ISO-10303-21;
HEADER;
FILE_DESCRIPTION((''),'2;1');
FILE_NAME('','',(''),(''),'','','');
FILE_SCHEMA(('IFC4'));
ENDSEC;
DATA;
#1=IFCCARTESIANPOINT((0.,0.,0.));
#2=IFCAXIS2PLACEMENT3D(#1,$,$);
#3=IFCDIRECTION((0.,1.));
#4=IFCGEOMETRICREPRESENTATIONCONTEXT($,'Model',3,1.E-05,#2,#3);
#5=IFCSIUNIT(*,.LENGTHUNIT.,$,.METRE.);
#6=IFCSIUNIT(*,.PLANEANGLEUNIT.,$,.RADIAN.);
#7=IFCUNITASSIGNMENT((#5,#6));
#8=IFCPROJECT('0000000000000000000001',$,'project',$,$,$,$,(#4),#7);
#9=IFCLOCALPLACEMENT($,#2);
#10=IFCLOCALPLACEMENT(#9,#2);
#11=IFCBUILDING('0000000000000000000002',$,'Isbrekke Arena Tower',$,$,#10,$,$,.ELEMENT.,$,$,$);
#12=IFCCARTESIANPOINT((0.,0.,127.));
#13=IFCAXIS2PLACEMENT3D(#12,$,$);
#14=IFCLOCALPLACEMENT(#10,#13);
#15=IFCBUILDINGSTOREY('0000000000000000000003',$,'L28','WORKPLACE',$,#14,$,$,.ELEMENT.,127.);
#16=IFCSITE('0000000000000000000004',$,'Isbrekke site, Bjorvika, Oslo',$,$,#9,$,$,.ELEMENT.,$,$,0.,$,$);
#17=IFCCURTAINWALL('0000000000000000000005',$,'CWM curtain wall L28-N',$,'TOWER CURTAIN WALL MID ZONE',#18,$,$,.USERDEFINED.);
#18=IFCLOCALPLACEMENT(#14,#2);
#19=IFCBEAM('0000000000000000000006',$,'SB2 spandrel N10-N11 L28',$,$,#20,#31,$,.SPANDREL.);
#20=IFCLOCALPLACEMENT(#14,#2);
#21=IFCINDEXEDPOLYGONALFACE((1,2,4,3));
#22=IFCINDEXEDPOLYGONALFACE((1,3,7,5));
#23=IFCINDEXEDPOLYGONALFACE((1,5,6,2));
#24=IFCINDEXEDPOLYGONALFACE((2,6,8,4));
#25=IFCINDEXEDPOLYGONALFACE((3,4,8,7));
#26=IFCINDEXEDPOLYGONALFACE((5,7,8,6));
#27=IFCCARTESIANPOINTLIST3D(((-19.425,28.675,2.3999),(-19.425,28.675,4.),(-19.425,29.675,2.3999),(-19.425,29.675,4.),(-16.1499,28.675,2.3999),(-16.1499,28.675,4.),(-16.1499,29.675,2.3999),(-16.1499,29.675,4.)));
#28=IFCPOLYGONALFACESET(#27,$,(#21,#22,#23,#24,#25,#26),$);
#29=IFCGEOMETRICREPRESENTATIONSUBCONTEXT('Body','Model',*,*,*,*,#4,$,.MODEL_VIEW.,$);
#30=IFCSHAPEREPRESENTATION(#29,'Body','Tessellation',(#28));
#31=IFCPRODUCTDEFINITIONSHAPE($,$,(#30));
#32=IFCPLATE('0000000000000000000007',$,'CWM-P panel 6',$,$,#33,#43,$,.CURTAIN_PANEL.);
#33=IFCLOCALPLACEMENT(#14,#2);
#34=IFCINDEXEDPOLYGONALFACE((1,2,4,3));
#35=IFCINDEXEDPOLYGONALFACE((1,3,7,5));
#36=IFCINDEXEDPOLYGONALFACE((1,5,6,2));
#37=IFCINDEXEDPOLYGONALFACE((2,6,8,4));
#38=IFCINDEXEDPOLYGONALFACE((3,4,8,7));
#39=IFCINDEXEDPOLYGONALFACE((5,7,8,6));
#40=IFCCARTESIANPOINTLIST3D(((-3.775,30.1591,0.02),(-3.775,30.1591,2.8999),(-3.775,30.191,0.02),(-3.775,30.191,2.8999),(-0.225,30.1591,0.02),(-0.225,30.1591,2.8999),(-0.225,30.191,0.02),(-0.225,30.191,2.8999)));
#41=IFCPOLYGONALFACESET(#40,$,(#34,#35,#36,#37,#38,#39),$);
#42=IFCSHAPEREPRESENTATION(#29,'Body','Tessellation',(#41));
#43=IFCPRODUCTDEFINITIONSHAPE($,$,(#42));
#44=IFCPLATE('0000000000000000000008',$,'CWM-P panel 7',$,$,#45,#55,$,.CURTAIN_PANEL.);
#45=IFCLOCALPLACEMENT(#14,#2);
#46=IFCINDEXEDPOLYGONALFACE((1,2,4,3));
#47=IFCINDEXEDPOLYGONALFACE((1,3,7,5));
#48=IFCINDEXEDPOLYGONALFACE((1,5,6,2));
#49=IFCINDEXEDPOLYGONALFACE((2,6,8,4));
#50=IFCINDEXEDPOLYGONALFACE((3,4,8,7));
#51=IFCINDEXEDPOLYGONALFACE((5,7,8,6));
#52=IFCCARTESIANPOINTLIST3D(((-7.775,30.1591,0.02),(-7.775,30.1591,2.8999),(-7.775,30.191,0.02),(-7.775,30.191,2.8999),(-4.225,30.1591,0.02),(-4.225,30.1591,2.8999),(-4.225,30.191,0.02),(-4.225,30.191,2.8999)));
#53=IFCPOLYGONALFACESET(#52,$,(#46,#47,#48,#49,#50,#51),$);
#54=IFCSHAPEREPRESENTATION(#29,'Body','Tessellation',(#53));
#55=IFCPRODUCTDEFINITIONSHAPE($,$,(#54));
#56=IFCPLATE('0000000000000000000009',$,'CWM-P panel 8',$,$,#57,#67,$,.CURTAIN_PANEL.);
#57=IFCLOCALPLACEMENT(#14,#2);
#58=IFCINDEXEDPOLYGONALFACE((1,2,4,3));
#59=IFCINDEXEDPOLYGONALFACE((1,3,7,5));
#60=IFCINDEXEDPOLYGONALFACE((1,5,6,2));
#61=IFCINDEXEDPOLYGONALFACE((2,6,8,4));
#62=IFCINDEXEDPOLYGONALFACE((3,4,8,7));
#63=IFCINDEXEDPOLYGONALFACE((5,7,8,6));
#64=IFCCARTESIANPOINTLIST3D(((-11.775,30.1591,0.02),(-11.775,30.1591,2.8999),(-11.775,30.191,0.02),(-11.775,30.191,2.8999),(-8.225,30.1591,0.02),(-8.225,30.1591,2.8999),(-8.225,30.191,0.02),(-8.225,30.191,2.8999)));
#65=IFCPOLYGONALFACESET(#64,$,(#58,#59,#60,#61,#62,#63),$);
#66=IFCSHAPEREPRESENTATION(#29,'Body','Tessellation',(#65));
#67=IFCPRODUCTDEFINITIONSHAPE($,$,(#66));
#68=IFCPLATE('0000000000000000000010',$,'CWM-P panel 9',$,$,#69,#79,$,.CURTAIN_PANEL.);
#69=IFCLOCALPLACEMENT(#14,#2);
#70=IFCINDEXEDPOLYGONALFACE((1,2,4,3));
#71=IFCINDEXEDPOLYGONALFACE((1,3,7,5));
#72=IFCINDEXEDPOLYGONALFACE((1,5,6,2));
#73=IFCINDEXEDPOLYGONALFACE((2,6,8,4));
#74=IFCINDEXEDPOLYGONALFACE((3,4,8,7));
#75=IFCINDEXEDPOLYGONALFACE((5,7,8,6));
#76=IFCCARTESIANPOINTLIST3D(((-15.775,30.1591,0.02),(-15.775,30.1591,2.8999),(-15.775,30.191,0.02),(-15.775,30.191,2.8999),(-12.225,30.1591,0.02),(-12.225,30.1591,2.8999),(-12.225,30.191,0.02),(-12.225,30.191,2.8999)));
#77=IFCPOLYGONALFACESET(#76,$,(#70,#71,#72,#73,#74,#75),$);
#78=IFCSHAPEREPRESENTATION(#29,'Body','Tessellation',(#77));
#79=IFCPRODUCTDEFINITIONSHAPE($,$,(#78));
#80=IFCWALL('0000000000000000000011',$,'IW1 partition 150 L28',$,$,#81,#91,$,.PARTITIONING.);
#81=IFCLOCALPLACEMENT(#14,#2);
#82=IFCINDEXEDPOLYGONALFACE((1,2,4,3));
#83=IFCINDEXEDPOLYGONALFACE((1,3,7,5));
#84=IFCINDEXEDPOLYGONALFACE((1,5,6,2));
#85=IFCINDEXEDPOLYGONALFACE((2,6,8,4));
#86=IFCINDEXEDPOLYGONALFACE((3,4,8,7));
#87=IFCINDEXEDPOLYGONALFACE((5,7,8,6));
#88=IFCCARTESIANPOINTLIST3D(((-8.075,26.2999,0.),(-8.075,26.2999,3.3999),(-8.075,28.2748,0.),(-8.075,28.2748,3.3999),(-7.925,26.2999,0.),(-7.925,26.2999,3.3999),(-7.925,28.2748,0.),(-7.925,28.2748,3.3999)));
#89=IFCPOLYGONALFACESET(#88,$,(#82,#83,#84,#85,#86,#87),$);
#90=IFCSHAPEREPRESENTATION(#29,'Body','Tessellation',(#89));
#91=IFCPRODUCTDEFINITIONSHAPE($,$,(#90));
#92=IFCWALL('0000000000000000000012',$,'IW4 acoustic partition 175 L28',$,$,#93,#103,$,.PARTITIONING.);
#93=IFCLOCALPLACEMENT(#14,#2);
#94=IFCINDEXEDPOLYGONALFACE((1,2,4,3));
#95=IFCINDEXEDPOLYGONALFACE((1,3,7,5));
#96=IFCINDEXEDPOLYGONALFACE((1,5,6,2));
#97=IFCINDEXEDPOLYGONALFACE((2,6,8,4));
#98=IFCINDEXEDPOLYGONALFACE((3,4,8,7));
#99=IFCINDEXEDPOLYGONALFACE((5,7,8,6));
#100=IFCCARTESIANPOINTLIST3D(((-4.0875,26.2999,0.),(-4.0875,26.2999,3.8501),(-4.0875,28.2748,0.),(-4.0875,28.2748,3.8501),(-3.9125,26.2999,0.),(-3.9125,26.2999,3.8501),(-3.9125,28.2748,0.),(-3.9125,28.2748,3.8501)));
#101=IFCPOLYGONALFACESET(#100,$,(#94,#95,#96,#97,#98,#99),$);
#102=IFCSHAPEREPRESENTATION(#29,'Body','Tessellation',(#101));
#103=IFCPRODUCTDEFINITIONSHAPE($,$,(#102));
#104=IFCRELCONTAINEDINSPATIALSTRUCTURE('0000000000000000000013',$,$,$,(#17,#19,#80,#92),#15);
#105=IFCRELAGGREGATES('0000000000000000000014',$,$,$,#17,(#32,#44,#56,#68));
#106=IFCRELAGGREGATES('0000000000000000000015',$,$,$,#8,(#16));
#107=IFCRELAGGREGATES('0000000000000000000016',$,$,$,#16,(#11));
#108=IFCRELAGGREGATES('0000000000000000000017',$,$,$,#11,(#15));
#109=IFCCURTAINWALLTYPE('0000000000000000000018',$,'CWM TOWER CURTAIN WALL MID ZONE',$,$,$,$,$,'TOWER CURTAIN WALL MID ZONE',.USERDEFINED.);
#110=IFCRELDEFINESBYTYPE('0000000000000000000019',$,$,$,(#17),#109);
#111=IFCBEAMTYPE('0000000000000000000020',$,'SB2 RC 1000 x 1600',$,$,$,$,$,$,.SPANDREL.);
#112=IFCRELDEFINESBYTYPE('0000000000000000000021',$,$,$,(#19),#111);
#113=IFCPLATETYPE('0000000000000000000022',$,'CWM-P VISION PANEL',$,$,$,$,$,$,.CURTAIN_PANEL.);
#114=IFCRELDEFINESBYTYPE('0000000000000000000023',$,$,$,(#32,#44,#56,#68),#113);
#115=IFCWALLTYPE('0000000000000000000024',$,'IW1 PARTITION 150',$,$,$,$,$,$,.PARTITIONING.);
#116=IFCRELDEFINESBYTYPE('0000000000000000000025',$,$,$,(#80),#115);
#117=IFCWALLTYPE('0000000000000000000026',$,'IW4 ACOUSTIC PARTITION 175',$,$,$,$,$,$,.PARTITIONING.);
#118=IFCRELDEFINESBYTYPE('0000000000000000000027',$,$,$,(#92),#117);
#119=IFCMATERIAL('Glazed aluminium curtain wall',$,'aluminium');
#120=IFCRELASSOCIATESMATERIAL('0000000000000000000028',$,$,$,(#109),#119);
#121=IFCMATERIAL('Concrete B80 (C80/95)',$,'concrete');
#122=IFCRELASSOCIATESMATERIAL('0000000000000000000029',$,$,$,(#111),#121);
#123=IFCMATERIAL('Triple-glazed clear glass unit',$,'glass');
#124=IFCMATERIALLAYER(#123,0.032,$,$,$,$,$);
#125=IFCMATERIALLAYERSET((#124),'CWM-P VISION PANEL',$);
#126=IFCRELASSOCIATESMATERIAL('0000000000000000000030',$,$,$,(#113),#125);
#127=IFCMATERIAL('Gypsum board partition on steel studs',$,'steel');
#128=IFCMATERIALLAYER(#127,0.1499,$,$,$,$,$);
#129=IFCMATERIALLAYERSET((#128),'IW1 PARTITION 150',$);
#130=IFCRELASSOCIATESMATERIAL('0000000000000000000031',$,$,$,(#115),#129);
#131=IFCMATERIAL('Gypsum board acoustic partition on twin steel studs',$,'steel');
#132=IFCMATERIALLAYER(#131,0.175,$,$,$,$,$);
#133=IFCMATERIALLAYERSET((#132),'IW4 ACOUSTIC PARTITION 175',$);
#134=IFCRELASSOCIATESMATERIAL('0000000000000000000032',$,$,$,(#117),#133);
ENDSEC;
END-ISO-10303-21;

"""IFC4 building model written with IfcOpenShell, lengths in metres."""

from ifc_helpers import new_model, si_unit, direction, frame, frame_2d, origin, origin_2d, place, context, subcontext, project, spatial, rectangle, extrude, material, layer, layer_set, material_profile, profile_set, type_object, element, aggregate, save


model = new_model("IFC4")

# Units and contexts
model_context = context("Model", 3, precision=1e-05, world=origin(), true_north=direction((0.0, 1.0)))
body_context = subcontext(model_context, "Body", "Model", "MODEL_VIEW")
ifc_project = project(units=[si_unit("LENGTHUNIT", "METRE"), si_unit("PLANEANGLEUNIT", "RADIAN")], contexts=[model_context])

# Site, building, storey
site_placement = place(None, origin())
site = spatial("IfcSite", under=ifc_project, at=site_placement, Name="Isbrekke site, Bjorvika, Oslo", CompositionType="ELEMENT", RefElevation=0.0)
building_placement = place(site_placement, origin())
building = spatial("IfcBuilding", under=site, at=building_placement, Name="Isbrekke Arena Tower", CompositionType="ELEMENT")
storey_placement = place(building_placement, frame((0.0, 0.0, 127.0)))
storey = spatial("IfcBuildingStorey", under=building, at=storey_placement, Name="L28", Description="WORKPLACE", CompositionType="ELEMENT", Elevation=127.0)

# Curtain wall
ifc_material_1 = material(Name="Glazed aluminium curtain wall", Category="aluminium")
curtain_wall_type = type_object("IfcCurtainWallType", Name="CWM TOWER CURTAIN WALL MID ZONE", ElementType="TOWER CURTAIN WALL MID ZONE", PredefinedType="USERDEFINED", material=ifc_material_1)
curtain_wall_placement = place(storey_placement, origin())
curtain_wall = element("IfcCurtainWall", 1, at=curtain_wall_placement, inside=storey, type_object=curtain_wall_type, Name="CWM curtain wall L28-N", ObjectType="TOWER CURTAIN WALL MID ZONE", PredefinedType="USERDEFINED")

# Beam
ifc_material_2 = material(Name="Concrete B80 (C80/95)", Category="concrete")
ifc_material_profile_1 = material_profile(ifc_material_2, rectangle(XDim=1.0, YDim=1.6001, at=origin_2d()), Name="RC 1000x1600")
ifc_profile_set_1 = profile_set([ifc_material_profile_1], Name="Concrete B80 (C80/95)")
beam_type_1 = type_object("IfcBeamType", Name="SB2 RC 1000 x 1600", PredefinedType="SPANDREL", material=ifc_profile_set_1)
beam_1_placement = place(storey_placement, frame((-16.1499, 29.175, 3.2), z_axis=(-1.0, 0.0, 0.0), x_axis=(0.0, -1.0, 0.0)))
element("IfcBeam", 2, at=beam_1_placement, inside=storey, type_object=beam_type_1, Name="SB2 spandrel N10-N11 L28", PredefinedType="SPANDREL", context=body_context, shape_type="SweptSolid", body=[
    extrude(rectangle(XDim=1.0, YDim=1.6001, at=origin_2d()), origin(), (0.0, 0.0, 1.0), 3.2751),
])

# Plates
ifc_material_3 = material(Name="Triple-glazed clear glass unit", Category="glass")
ifc_layer_1 = layer(ifc_material_3, 0.032)
ifc_layer_set_1 = layer_set([ifc_layer_1], Name="CWM-P VISION PANEL")
plate_type = type_object("IfcPlateType", Name="CWM-P VISION PANEL", PredefinedType="CURTAIN_PANEL", material=ifc_layer_set_1)
plate_1_placement = place(storey_placement, frame((-2.0, 30.175, 0.02), z_axis=(0.0, 0.0, 1.0), x_axis=(-1.0, 0.0, 0.0)))
plate_1 = element("IfcPlate", 3, at=plate_1_placement, type_object=plate_type, Name="CWM-P panel 6", PredefinedType="CURTAIN_PANEL", context=body_context, shape_type="SweptSolid", body=[
    extrude(rectangle(XDim=3.55, YDim=0.032, at=origin_2d()), origin(), (0.0, 0.0, 1.0), 2.8799),
])
plate_2_placement = place(storey_placement, frame((-6.0, 30.175, 0.02), z_axis=(0.0, 0.0, 1.0), x_axis=(-1.0, 0.0, 0.0)))
plate_2 = element("IfcPlate", 4, at=plate_2_placement, type_object=plate_type, Name="CWM-P panel 7", PredefinedType="CURTAIN_PANEL", context=body_context, shape_type="SweptSolid", body=[
    extrude(rectangle(XDim=3.55, YDim=0.032, at=origin_2d()), origin(), (0.0, 0.0, 1.0), 2.8799),
])
plate_3_placement = place(storey_placement, frame((-10.0, 30.175, 0.02), z_axis=(0.0, 0.0, 1.0), x_axis=(-1.0, 0.0, 0.0)))
plate_3 = element("IfcPlate", 5, at=plate_3_placement, type_object=plate_type, Name="CWM-P panel 8", PredefinedType="CURTAIN_PANEL", context=body_context, shape_type="SweptSolid", body=[
    extrude(rectangle(XDim=3.55, YDim=0.032, at=origin_2d()), origin(), (0.0, 0.0, 1.0), 2.8799),
])
plate_4_placement = place(storey_placement, frame((-14.0, 30.175, 0.02), z_axis=(0.0, 0.0, 1.0), x_axis=(-1.0, 0.0, 0.0)))
plate_4 = element("IfcPlate", 6, at=plate_4_placement, type_object=plate_type, Name="CWM-P panel 9", PredefinedType="CURTAIN_PANEL", context=body_context, shape_type="SweptSolid", body=[
    extrude(rectangle(XDim=3.55, YDim=0.032, at=origin_2d()), origin(), (0.0, 0.0, 1.0), 2.8799),
])
aggregate(curtain_wall, [plate_1, plate_2, plate_3, plate_4])

# Walls
ifc_material_4 = material(Name="Gypsum board partition on steel studs", Category="steel")
ifc_layer_2 = layer(ifc_material_4, 0.1499)
ifc_layer_set_2 = layer_set([ifc_layer_2], Name="IW1 PARTITION 150")
wall_type_1 = type_object("IfcWallType", Name="IW1 PARTITION 150", PredefinedType="PARTITIONING", material=ifc_layer_set_2)
wall_1_placement = place(storey_placement, frame((-8.0, 26.3, 0.0), z_axis=(0.0, 0.0, 1.0), x_axis=(0.0, 1.0, 0.0)))
element("IfcWall", 7, at=wall_1_placement, inside=storey, type_object=wall_type_1, Name="IW1 partition 150 L28", PredefinedType="PARTITIONING", context=body_context, shape_type="SweptSolid", body=[
    extrude(rectangle(XDim=1.9749, YDim=0.1499, at=frame_2d((0.9873, 0.0))), origin(), (0.0, 0.0, 1.0), 3.3999),
])
ifc_material_5 = material(Name="Gypsum board acoustic partition on twin steel studs", Category="steel")
ifc_layer_3 = layer(ifc_material_5, 0.175)
ifc_layer_set_3 = layer_set([ifc_layer_3], Name="IW4 ACOUSTIC PARTITION 175")
wall_type_2 = type_object("IfcWallType", Name="IW4 ACOUSTIC PARTITION 175", PredefinedType="PARTITIONING", material=ifc_layer_set_3)
wall_2_placement = place(storey_placement, frame((-4.0, 26.3, 0.0), z_axis=(0.0, 0.0, 1.0), x_axis=(0.0, 1.0, 0.0)))
element("IfcWall", 8, at=wall_2_placement, inside=storey, type_object=wall_type_2, Name="IW4 acoustic partition 175 L28", PredefinedType="PARTITIONING", context=body_context, shape_type="SweptSolid", body=[
    extrude(rectangle(XDim=1.9749, YDim=0.175, at=frame_2d((0.9873, 0.0))), origin(), (0.0, 0.0, 1.0), 3.8501),
])

save(model, "model.ifc")
